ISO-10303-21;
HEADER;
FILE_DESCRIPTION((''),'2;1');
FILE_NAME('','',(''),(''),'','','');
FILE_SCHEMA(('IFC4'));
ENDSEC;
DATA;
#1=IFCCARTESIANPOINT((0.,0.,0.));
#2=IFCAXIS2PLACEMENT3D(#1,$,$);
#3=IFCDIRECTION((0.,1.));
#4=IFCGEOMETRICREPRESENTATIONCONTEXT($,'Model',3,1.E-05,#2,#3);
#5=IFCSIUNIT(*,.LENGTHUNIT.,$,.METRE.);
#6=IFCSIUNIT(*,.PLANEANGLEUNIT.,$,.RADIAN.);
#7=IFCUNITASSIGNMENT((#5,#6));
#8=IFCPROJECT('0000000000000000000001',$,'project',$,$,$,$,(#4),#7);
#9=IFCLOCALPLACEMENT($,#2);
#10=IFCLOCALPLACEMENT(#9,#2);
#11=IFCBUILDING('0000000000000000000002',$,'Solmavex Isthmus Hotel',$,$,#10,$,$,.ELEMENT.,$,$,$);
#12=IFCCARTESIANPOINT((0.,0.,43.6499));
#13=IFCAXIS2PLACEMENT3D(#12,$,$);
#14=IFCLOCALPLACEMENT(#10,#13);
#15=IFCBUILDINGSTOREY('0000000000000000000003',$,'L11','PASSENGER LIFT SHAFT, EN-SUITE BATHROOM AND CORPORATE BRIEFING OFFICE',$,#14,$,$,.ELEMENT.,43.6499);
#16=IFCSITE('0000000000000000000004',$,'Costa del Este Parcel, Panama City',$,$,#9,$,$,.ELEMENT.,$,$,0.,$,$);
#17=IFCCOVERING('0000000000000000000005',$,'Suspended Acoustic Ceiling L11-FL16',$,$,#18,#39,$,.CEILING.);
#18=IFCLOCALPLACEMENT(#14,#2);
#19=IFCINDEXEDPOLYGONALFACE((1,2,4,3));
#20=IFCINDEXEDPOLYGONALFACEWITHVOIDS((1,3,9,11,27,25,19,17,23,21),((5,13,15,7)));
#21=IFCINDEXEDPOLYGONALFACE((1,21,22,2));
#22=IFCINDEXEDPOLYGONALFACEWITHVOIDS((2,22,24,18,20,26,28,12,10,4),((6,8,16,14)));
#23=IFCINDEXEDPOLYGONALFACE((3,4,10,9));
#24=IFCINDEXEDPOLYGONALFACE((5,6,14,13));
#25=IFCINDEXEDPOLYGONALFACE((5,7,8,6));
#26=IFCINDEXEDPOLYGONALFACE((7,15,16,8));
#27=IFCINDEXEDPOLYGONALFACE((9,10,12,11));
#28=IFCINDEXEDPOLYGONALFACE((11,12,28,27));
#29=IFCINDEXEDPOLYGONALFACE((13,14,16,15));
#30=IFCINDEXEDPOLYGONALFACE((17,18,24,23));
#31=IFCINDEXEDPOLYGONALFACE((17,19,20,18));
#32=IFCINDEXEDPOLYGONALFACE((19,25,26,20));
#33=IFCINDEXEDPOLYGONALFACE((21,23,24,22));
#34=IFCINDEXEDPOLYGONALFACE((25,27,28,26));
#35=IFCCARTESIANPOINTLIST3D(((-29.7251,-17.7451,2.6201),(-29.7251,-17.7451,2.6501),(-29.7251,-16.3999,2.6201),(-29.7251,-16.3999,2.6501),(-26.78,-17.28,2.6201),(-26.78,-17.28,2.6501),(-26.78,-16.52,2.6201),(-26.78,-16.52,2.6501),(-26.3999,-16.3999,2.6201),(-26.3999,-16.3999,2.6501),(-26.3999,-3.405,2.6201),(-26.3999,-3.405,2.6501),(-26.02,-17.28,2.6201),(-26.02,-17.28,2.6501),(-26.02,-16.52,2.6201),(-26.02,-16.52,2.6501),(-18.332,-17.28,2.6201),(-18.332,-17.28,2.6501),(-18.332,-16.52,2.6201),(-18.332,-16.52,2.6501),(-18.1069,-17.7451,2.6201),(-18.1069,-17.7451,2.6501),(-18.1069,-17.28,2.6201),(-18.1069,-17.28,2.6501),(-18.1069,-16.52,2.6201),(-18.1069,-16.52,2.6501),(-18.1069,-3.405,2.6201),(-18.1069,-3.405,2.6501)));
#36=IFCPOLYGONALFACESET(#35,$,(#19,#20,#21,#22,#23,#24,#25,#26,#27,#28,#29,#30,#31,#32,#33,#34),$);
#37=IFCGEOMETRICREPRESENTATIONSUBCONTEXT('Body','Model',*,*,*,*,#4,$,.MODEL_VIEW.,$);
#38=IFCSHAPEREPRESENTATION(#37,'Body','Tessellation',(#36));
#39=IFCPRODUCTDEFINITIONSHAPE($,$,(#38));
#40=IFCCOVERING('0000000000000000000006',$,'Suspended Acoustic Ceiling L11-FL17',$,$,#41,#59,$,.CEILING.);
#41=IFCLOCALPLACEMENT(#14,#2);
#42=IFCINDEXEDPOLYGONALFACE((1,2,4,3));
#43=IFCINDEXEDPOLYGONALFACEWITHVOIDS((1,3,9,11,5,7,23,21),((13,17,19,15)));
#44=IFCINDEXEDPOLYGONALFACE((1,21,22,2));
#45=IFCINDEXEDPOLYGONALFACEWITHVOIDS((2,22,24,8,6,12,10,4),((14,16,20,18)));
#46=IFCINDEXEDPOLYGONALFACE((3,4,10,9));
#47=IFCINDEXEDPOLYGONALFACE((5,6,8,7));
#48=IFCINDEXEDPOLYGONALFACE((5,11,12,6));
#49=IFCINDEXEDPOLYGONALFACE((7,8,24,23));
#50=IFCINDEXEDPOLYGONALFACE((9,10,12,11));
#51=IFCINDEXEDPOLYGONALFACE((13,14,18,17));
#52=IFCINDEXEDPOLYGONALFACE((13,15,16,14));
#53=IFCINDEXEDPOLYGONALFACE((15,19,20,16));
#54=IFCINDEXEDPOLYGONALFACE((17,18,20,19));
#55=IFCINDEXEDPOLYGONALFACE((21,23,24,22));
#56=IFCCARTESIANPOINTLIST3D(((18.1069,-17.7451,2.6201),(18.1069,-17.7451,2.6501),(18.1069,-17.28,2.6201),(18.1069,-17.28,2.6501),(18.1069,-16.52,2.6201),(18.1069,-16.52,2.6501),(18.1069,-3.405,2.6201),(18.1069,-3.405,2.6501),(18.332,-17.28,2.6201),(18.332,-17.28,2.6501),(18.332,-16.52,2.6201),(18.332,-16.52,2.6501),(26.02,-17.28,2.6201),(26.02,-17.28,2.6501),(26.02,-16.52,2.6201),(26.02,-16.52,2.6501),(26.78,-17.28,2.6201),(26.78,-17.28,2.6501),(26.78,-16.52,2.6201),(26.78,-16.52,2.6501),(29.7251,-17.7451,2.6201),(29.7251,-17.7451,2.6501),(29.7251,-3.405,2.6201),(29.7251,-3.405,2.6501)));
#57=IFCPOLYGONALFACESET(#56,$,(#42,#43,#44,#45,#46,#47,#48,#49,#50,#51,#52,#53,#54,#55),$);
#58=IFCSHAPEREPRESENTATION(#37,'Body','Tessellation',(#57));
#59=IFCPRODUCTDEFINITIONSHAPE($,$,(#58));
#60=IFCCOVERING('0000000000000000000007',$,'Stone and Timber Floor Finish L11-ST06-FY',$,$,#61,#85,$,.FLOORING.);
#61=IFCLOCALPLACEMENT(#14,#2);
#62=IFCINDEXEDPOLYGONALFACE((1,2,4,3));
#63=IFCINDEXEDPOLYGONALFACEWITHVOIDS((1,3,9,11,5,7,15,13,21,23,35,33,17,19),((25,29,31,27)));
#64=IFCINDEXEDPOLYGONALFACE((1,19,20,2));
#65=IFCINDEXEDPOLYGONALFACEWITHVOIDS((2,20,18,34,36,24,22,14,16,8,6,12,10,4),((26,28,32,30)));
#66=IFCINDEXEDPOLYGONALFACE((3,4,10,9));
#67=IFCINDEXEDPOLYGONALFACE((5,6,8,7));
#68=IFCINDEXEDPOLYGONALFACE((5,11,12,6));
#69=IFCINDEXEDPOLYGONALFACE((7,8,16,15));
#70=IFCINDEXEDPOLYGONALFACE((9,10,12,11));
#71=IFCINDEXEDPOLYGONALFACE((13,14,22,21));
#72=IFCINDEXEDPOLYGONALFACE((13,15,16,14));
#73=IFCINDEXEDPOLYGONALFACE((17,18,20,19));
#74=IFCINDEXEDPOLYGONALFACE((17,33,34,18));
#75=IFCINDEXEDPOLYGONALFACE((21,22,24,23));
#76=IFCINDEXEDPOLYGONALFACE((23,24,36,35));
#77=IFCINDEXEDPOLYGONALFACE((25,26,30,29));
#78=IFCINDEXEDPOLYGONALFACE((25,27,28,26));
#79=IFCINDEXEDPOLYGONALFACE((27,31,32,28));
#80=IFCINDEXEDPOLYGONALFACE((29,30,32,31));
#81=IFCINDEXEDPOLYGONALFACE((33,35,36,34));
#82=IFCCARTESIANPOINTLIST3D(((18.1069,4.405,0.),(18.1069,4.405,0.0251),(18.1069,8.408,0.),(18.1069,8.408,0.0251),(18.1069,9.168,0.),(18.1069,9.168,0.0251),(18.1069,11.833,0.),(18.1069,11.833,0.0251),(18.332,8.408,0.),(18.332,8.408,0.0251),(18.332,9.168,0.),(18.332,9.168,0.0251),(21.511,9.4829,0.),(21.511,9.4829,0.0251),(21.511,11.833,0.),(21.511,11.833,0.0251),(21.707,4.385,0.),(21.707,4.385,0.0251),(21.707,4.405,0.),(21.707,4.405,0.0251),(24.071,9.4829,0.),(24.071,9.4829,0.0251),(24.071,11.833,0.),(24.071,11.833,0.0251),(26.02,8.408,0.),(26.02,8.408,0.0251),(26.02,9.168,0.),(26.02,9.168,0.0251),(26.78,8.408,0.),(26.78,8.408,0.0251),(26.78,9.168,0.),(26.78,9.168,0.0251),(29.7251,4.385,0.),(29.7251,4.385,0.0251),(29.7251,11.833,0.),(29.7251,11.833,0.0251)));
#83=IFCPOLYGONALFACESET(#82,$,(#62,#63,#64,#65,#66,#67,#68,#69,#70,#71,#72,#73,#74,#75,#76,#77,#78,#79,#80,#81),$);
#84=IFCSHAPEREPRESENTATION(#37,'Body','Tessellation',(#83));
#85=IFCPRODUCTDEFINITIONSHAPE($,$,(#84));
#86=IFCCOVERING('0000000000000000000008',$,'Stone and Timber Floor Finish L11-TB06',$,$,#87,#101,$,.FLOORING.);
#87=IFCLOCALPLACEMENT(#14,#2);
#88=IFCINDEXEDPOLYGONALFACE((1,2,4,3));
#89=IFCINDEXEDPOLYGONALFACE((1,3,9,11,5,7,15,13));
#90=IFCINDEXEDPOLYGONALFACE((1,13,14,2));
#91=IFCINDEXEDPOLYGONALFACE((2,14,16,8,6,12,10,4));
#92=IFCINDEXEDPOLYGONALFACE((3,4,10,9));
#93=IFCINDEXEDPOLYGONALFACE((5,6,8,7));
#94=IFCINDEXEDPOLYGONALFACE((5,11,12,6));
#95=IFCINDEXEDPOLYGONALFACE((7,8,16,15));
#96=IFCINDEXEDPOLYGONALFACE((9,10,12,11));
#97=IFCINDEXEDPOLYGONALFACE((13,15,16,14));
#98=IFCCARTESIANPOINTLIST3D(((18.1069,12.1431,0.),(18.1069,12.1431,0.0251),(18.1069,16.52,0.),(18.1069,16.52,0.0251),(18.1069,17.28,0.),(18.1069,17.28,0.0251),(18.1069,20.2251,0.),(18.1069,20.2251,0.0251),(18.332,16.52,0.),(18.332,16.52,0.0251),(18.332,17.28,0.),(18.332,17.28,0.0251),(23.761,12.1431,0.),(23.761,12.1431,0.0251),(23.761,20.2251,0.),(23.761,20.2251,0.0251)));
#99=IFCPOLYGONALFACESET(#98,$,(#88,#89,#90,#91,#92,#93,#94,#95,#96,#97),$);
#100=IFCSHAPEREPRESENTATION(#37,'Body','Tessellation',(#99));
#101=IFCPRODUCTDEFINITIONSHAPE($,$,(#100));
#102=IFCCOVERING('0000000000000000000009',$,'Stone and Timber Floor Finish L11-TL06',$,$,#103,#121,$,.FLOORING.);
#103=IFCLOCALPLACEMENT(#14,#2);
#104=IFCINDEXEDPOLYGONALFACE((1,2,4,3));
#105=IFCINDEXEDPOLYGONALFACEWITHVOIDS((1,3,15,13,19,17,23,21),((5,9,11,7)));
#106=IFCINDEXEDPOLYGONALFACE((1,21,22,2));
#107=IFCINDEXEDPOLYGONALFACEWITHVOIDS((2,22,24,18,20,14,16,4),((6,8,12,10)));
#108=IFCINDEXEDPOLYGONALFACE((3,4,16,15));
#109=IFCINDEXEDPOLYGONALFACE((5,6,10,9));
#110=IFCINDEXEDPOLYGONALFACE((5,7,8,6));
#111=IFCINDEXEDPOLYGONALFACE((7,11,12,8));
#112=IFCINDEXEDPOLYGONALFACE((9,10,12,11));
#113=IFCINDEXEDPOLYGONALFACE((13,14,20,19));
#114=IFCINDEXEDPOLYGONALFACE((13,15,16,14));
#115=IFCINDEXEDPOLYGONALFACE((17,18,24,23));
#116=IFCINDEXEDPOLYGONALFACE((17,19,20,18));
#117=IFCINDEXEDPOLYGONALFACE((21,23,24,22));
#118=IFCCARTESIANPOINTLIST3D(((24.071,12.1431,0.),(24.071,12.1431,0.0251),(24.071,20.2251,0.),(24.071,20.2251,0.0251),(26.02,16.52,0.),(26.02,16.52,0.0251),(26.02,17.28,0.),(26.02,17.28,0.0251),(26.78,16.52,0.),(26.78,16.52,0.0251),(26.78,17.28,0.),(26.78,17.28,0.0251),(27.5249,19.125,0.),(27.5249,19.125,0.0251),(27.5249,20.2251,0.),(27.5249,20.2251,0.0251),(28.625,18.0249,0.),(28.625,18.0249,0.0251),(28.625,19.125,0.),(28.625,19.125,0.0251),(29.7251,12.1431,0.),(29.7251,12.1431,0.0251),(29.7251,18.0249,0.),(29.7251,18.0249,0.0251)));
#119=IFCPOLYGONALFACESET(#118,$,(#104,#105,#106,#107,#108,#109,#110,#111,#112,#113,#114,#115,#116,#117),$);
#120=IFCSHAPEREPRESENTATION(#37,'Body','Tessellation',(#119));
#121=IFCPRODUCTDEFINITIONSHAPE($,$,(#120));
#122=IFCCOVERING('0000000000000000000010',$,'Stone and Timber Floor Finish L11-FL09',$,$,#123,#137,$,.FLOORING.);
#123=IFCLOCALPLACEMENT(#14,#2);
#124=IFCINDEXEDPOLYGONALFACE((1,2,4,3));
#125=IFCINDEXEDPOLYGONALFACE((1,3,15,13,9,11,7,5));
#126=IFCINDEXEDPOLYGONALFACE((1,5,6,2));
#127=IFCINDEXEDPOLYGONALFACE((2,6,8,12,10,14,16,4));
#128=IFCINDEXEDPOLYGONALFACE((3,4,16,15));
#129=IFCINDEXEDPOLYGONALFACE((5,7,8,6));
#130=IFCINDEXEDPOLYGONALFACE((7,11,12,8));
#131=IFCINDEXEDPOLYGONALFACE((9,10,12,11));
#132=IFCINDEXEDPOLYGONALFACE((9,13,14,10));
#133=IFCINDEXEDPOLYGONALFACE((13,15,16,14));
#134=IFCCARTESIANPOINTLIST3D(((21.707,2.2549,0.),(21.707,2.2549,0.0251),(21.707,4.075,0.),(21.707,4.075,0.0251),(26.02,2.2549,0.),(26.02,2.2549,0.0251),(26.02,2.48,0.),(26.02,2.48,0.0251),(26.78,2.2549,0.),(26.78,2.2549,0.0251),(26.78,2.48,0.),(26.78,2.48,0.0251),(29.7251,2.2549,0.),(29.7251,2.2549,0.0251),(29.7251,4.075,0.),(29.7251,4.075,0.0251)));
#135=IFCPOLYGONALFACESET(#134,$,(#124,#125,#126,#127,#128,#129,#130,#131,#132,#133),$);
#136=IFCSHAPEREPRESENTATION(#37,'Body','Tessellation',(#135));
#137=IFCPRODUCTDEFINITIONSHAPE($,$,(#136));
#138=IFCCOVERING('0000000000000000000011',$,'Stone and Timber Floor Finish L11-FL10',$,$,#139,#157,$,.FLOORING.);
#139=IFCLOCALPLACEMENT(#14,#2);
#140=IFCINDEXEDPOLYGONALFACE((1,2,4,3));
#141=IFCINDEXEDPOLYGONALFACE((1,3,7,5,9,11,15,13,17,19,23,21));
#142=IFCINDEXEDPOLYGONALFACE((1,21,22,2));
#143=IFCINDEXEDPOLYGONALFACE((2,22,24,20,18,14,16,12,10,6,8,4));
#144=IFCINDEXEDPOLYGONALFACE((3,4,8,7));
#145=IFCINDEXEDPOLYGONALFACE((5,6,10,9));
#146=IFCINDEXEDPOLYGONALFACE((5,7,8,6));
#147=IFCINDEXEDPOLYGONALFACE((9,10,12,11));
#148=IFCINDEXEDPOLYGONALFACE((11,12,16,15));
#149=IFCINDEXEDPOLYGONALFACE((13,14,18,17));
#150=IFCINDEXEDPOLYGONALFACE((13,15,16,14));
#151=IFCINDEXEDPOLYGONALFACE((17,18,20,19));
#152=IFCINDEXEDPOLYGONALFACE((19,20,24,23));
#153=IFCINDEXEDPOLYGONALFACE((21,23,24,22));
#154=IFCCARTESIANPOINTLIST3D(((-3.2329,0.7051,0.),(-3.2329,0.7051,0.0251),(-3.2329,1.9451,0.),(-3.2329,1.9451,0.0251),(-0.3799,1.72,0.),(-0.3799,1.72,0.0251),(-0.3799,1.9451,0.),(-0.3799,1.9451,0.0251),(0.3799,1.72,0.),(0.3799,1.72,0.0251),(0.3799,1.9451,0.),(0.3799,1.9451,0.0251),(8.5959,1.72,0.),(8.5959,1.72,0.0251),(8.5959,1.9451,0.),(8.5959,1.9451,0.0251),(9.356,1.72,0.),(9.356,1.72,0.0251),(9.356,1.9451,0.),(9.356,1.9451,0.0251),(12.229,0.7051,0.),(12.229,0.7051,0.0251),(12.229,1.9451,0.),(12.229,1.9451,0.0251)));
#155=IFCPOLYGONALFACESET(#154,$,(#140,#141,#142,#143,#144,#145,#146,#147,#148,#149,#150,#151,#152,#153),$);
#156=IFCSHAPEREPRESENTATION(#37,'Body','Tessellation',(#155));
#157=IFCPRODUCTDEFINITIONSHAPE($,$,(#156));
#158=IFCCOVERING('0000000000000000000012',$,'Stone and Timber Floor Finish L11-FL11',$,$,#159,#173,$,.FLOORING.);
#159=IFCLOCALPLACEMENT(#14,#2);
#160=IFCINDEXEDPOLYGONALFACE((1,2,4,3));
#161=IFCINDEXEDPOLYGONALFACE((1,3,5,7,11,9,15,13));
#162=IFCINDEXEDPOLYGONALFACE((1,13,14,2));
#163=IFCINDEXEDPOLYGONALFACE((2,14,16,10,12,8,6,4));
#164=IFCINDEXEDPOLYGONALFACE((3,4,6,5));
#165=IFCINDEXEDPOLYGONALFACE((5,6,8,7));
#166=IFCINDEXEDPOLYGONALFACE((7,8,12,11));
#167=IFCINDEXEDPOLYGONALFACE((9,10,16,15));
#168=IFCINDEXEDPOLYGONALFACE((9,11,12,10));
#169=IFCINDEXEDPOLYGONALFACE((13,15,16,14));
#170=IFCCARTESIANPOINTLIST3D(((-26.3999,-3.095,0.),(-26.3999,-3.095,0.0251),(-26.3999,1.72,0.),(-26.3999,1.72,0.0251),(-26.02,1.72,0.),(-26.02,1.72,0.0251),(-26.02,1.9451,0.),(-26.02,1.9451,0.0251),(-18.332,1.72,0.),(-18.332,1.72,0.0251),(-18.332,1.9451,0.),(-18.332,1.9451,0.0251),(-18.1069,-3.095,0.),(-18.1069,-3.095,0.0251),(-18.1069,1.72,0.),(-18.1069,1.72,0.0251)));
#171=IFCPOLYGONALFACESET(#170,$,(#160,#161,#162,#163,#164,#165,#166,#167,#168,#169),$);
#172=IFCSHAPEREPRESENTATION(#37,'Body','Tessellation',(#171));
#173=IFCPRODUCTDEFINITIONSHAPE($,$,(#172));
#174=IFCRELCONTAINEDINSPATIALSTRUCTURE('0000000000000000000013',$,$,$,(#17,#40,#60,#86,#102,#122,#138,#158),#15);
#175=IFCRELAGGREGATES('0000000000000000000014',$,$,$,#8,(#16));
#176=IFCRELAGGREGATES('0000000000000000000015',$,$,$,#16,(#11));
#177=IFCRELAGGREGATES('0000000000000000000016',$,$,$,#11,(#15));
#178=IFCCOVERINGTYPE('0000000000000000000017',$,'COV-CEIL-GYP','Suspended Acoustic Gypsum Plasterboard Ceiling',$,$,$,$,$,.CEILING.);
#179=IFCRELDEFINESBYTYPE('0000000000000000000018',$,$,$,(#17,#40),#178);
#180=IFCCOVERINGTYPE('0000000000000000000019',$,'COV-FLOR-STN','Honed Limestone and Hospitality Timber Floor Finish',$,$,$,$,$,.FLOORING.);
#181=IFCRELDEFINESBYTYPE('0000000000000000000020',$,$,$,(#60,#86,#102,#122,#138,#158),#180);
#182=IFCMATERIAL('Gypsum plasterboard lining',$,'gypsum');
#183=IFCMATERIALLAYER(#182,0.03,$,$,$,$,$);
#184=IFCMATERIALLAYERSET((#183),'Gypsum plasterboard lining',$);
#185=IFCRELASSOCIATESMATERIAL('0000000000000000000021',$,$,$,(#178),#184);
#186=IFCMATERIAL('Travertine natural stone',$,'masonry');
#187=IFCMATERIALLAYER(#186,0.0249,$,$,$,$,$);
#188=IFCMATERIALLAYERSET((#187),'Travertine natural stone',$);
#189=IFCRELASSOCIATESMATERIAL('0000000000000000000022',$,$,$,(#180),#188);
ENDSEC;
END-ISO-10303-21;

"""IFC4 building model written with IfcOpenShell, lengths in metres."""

from ifc_helpers import new_model, si_unit, direction, frame, origin, place, context, subcontext, project, spatial, polyline, outline, extrude, material, layer, layer_set, type_object, element, save


model = new_model("IFC4")

# Units and contexts
model_context = context("Model", 3, precision=1e-05, world=origin(), true_north=direction((0.0, 1.0)))
body_context = subcontext(model_context, "Body", "Model", "MODEL_VIEW")
ifc_project = project(units=[si_unit("LENGTHUNIT", "METRE"), si_unit("PLANEANGLEUNIT", "RADIAN")], contexts=[model_context])

# Site, building, storey
site_placement = place(None, origin())
site = spatial("IfcSite", under=ifc_project, at=site_placement, Name="Costa del Este Parcel, Panama City", CompositionType="ELEMENT", RefElevation=0.0)
building_placement = place(site_placement, origin())
building = spatial("IfcBuilding", under=site, at=building_placement, Name="Solmavex Isthmus Hotel", CompositionType="ELEMENT")
storey_placement = place(building_placement, frame((0.0, 0.0, 43.6499)))
storey = spatial("IfcBuildingStorey", under=building, at=storey_placement, Name="L11", Description="PASSENGER LIFT SHAFT, EN-SUITE BATHROOM AND CORPORATE BRIEFING OFFICE", CompositionType="ELEMENT", Elevation=43.6499)

# Shared definitions
ifc_material_1 = material(Name="Gypsum plasterboard lining", Category="gypsum")

# Coverings
ifc_layer_1 = layer(ifc_material_1, 0.03)
ifc_layer_set_1 = layer_set([ifc_layer_1], Name="Gypsum plasterboard lining")
covering_type_1 = type_object("IfcCoveringType", Name="COV-CEIL-GYP", Description="Suspended Acoustic Gypsum Plasterboard Ceiling", PredefinedType="CEILING", material=ifc_layer_set_1)
covering_1_placement = place(storey_placement, frame((0.0, 0.0, 2.6201)))
element("IfcCovering", 1, at=covering_1_placement, inside=storey, type_object=covering_type_1, Name="Suspended Acoustic Ceiling L11-FL16", PredefinedType="CEILING", context=body_context, shape_type="SweptSolid", body=[
    extrude(outline(polyline([(-18.1069, -17.28), (-18.332, -17.28), (-18.332, -16.52), (-18.1069, -16.52), (-18.1069, -3.405), (-26.3999, -3.405), (-26.3999, -16.3999), (-29.7251, -16.3999), (-29.7251, -17.7451), (-18.1069, -17.7451), (-18.1069, -17.28)]), holes=[polyline([(-26.78, -17.28), (-26.78, -16.52), (-26.02, -16.52), (-26.02, -17.28), (-26.78, -17.28)])]), origin(), (0.0, 0.0, 1.0), 0.03),
])
covering_2_placement = place(storey_placement, frame((0.0, 0.0, 2.6201)))
element("IfcCovering", 2, at=covering_2_placement, inside=storey, type_object=covering_type_1, Name="Suspended Acoustic Ceiling L11-FL17", PredefinedType="CEILING", context=body_context, shape_type="SweptSolid", body=[
    extrude(outline(polyline([(18.1069, -16.52), (18.332, -16.52), (18.332, -17.28), (18.1069, -17.28), (18.1069, -17.7451), (29.7251, -17.7451), (29.7251, -3.405), (18.1069, -3.405), (18.1069, -16.52)]), holes=[polyline([(26.02, -17.28), (26.02, -16.52), (26.78, -16.52), (26.78, -17.28), (26.02, -17.28)])]), origin(), (0.0, 0.0, 1.0), 0.03),
])
ifc_material_2 = material(Name="Travertine natural stone", Category="masonry")
ifc_layer_2 = layer(ifc_material_2, 0.0249)
ifc_layer_set_2 = layer_set([ifc_layer_2], Name="Travertine natural stone")
covering_type_2 = type_object("IfcCoveringType", Name="COV-FLOR-STN", Description="Honed Limestone and Hospitality Timber Floor Finish", PredefinedType="FLOORING", material=ifc_layer_set_2)
covering_3_placement = place(storey_placement, origin())
element("IfcCovering", 3, at=covering_3_placement, inside=storey, type_object=covering_type_2, Name="Stone and Timber Floor Finish L11-ST06-FY", PredefinedType="FLOORING", context=body_context, shape_type="SweptSolid", body=[
    extrude(outline(polyline([(18.1069, 9.168), (18.332, 9.168), (18.332, 8.408), (18.1069, 8.408), (18.1069, 4.405), (21.707, 4.405), (21.707, 4.385), (29.7251, 4.385), (29.7251, 11.833), (24.071, 11.833), (24.071, 9.4829), (21.511, 9.4829), (21.511, 11.833), (18.1069, 11.833), (18.1069, 9.168)]), holes=[polyline([(26.02, 8.408), (26.02, 9.168), (26.78, 9.168), (26.78, 8.408), (26.02, 8.408)])]), origin(), (0.0, 0.0, 1.0), 0.0251),
])
covering_4_placement = place(storey_placement, origin())
element("IfcCovering", 4, at=covering_4_placement, inside=storey, type_object=covering_type_2, Name="Stone and Timber Floor Finish L11-TB06", PredefinedType="FLOORING", context=body_context, shape_type="SweptSolid", body=[
    extrude(outline(polyline([(18.1069, 17.28), (18.332, 17.28), (18.332, 16.52), (18.1069, 16.52), (18.1069, 12.1431), (23.761, 12.1431), (23.761, 20.2251), (18.1069, 20.2251), (18.1069, 17.28)])), origin(), (0.0, 0.0, 1.0), 0.0251),
])
covering_5_placement = place(storey_placement, origin())
element("IfcCovering", 5, at=covering_5_placement, inside=storey, type_object=covering_type_2, Name="Stone and Timber Floor Finish L11-TL06", PredefinedType="FLOORING", context=body_context, shape_type="SweptSolid", body=[
    extrude(outline(polyline([(27.5249, 19.125), (27.5249, 20.2251), (24.071, 20.2251), (24.071, 12.1431), (29.7251, 12.1431), (29.7251, 18.0249), (28.625, 18.0249), (28.625, 19.125), (27.5249, 19.125)]), holes=[polyline([(26.02, 16.52), (26.02, 17.28), (26.78, 17.28), (26.78, 16.52), (26.02, 16.52)])]), origin(), (0.0, 0.0, 1.0), 0.0251),
])
covering_6_placement = place(storey_placement, origin())
element("IfcCovering", 6, at=covering_6_placement, inside=storey, type_object=covering_type_2, Name="Stone and Timber Floor Finish L11-FL09", PredefinedType="FLOORING", context=body_context, shape_type="SweptSolid", body=[
    extrude(outline(polyline([(26.02, 2.2549), (26.02, 2.48), (26.78, 2.48), (26.78, 2.2549), (29.7251, 2.2549), (29.7251, 4.075), (21.707, 4.075), (21.707, 2.2549), (26.02, 2.2549)])), origin(), (0.0, 0.0, 1.0), 0.0251),
])
covering_7_placement = place(storey_placement, origin())
element("IfcCovering", 7, at=covering_7_placement, inside=storey, type_object=covering_type_2, Name="Stone and Timber Floor Finish L11-FL10", PredefinedType="FLOORING", context=body_context, shape_type="SweptSolid", body=[
    extrude(outline(polyline([(0.3799, 1.9451), (0.3799, 1.72), (-0.3799, 1.72), (-0.3799, 1.9451), (-3.2329, 1.9451), (-3.2329, 0.7051), (12.229, 0.7051), (12.229, 1.9451), (9.356, 1.9451), (9.356, 1.72), (8.5959, 1.72), (8.5959, 1.9451), (0.3799, 1.9451)])), origin(), (0.0, 0.0, 1.0), 0.0251),
])
covering_8_placement = place(storey_placement, origin())
element("IfcCovering", 8, at=covering_8_placement, inside=storey, type_object=covering_type_2, Name="Stone and Timber Floor Finish L11-FL11", PredefinedType="FLOORING", context=body_context, shape_type="SweptSolid", body=[
    extrude(outline(polyline([(-26.02, 1.9451), (-26.02, 1.72), (-26.3999, 1.72), (-26.3999, -3.095), (-18.1069, -3.095), (-18.1069, 1.72), (-18.332, 1.72), (-18.332, 1.9451), (-26.02, 1.9451)])), origin(), (0.0, 0.0, 1.0), 0.0251),
])

save(model, "model.ifc")
